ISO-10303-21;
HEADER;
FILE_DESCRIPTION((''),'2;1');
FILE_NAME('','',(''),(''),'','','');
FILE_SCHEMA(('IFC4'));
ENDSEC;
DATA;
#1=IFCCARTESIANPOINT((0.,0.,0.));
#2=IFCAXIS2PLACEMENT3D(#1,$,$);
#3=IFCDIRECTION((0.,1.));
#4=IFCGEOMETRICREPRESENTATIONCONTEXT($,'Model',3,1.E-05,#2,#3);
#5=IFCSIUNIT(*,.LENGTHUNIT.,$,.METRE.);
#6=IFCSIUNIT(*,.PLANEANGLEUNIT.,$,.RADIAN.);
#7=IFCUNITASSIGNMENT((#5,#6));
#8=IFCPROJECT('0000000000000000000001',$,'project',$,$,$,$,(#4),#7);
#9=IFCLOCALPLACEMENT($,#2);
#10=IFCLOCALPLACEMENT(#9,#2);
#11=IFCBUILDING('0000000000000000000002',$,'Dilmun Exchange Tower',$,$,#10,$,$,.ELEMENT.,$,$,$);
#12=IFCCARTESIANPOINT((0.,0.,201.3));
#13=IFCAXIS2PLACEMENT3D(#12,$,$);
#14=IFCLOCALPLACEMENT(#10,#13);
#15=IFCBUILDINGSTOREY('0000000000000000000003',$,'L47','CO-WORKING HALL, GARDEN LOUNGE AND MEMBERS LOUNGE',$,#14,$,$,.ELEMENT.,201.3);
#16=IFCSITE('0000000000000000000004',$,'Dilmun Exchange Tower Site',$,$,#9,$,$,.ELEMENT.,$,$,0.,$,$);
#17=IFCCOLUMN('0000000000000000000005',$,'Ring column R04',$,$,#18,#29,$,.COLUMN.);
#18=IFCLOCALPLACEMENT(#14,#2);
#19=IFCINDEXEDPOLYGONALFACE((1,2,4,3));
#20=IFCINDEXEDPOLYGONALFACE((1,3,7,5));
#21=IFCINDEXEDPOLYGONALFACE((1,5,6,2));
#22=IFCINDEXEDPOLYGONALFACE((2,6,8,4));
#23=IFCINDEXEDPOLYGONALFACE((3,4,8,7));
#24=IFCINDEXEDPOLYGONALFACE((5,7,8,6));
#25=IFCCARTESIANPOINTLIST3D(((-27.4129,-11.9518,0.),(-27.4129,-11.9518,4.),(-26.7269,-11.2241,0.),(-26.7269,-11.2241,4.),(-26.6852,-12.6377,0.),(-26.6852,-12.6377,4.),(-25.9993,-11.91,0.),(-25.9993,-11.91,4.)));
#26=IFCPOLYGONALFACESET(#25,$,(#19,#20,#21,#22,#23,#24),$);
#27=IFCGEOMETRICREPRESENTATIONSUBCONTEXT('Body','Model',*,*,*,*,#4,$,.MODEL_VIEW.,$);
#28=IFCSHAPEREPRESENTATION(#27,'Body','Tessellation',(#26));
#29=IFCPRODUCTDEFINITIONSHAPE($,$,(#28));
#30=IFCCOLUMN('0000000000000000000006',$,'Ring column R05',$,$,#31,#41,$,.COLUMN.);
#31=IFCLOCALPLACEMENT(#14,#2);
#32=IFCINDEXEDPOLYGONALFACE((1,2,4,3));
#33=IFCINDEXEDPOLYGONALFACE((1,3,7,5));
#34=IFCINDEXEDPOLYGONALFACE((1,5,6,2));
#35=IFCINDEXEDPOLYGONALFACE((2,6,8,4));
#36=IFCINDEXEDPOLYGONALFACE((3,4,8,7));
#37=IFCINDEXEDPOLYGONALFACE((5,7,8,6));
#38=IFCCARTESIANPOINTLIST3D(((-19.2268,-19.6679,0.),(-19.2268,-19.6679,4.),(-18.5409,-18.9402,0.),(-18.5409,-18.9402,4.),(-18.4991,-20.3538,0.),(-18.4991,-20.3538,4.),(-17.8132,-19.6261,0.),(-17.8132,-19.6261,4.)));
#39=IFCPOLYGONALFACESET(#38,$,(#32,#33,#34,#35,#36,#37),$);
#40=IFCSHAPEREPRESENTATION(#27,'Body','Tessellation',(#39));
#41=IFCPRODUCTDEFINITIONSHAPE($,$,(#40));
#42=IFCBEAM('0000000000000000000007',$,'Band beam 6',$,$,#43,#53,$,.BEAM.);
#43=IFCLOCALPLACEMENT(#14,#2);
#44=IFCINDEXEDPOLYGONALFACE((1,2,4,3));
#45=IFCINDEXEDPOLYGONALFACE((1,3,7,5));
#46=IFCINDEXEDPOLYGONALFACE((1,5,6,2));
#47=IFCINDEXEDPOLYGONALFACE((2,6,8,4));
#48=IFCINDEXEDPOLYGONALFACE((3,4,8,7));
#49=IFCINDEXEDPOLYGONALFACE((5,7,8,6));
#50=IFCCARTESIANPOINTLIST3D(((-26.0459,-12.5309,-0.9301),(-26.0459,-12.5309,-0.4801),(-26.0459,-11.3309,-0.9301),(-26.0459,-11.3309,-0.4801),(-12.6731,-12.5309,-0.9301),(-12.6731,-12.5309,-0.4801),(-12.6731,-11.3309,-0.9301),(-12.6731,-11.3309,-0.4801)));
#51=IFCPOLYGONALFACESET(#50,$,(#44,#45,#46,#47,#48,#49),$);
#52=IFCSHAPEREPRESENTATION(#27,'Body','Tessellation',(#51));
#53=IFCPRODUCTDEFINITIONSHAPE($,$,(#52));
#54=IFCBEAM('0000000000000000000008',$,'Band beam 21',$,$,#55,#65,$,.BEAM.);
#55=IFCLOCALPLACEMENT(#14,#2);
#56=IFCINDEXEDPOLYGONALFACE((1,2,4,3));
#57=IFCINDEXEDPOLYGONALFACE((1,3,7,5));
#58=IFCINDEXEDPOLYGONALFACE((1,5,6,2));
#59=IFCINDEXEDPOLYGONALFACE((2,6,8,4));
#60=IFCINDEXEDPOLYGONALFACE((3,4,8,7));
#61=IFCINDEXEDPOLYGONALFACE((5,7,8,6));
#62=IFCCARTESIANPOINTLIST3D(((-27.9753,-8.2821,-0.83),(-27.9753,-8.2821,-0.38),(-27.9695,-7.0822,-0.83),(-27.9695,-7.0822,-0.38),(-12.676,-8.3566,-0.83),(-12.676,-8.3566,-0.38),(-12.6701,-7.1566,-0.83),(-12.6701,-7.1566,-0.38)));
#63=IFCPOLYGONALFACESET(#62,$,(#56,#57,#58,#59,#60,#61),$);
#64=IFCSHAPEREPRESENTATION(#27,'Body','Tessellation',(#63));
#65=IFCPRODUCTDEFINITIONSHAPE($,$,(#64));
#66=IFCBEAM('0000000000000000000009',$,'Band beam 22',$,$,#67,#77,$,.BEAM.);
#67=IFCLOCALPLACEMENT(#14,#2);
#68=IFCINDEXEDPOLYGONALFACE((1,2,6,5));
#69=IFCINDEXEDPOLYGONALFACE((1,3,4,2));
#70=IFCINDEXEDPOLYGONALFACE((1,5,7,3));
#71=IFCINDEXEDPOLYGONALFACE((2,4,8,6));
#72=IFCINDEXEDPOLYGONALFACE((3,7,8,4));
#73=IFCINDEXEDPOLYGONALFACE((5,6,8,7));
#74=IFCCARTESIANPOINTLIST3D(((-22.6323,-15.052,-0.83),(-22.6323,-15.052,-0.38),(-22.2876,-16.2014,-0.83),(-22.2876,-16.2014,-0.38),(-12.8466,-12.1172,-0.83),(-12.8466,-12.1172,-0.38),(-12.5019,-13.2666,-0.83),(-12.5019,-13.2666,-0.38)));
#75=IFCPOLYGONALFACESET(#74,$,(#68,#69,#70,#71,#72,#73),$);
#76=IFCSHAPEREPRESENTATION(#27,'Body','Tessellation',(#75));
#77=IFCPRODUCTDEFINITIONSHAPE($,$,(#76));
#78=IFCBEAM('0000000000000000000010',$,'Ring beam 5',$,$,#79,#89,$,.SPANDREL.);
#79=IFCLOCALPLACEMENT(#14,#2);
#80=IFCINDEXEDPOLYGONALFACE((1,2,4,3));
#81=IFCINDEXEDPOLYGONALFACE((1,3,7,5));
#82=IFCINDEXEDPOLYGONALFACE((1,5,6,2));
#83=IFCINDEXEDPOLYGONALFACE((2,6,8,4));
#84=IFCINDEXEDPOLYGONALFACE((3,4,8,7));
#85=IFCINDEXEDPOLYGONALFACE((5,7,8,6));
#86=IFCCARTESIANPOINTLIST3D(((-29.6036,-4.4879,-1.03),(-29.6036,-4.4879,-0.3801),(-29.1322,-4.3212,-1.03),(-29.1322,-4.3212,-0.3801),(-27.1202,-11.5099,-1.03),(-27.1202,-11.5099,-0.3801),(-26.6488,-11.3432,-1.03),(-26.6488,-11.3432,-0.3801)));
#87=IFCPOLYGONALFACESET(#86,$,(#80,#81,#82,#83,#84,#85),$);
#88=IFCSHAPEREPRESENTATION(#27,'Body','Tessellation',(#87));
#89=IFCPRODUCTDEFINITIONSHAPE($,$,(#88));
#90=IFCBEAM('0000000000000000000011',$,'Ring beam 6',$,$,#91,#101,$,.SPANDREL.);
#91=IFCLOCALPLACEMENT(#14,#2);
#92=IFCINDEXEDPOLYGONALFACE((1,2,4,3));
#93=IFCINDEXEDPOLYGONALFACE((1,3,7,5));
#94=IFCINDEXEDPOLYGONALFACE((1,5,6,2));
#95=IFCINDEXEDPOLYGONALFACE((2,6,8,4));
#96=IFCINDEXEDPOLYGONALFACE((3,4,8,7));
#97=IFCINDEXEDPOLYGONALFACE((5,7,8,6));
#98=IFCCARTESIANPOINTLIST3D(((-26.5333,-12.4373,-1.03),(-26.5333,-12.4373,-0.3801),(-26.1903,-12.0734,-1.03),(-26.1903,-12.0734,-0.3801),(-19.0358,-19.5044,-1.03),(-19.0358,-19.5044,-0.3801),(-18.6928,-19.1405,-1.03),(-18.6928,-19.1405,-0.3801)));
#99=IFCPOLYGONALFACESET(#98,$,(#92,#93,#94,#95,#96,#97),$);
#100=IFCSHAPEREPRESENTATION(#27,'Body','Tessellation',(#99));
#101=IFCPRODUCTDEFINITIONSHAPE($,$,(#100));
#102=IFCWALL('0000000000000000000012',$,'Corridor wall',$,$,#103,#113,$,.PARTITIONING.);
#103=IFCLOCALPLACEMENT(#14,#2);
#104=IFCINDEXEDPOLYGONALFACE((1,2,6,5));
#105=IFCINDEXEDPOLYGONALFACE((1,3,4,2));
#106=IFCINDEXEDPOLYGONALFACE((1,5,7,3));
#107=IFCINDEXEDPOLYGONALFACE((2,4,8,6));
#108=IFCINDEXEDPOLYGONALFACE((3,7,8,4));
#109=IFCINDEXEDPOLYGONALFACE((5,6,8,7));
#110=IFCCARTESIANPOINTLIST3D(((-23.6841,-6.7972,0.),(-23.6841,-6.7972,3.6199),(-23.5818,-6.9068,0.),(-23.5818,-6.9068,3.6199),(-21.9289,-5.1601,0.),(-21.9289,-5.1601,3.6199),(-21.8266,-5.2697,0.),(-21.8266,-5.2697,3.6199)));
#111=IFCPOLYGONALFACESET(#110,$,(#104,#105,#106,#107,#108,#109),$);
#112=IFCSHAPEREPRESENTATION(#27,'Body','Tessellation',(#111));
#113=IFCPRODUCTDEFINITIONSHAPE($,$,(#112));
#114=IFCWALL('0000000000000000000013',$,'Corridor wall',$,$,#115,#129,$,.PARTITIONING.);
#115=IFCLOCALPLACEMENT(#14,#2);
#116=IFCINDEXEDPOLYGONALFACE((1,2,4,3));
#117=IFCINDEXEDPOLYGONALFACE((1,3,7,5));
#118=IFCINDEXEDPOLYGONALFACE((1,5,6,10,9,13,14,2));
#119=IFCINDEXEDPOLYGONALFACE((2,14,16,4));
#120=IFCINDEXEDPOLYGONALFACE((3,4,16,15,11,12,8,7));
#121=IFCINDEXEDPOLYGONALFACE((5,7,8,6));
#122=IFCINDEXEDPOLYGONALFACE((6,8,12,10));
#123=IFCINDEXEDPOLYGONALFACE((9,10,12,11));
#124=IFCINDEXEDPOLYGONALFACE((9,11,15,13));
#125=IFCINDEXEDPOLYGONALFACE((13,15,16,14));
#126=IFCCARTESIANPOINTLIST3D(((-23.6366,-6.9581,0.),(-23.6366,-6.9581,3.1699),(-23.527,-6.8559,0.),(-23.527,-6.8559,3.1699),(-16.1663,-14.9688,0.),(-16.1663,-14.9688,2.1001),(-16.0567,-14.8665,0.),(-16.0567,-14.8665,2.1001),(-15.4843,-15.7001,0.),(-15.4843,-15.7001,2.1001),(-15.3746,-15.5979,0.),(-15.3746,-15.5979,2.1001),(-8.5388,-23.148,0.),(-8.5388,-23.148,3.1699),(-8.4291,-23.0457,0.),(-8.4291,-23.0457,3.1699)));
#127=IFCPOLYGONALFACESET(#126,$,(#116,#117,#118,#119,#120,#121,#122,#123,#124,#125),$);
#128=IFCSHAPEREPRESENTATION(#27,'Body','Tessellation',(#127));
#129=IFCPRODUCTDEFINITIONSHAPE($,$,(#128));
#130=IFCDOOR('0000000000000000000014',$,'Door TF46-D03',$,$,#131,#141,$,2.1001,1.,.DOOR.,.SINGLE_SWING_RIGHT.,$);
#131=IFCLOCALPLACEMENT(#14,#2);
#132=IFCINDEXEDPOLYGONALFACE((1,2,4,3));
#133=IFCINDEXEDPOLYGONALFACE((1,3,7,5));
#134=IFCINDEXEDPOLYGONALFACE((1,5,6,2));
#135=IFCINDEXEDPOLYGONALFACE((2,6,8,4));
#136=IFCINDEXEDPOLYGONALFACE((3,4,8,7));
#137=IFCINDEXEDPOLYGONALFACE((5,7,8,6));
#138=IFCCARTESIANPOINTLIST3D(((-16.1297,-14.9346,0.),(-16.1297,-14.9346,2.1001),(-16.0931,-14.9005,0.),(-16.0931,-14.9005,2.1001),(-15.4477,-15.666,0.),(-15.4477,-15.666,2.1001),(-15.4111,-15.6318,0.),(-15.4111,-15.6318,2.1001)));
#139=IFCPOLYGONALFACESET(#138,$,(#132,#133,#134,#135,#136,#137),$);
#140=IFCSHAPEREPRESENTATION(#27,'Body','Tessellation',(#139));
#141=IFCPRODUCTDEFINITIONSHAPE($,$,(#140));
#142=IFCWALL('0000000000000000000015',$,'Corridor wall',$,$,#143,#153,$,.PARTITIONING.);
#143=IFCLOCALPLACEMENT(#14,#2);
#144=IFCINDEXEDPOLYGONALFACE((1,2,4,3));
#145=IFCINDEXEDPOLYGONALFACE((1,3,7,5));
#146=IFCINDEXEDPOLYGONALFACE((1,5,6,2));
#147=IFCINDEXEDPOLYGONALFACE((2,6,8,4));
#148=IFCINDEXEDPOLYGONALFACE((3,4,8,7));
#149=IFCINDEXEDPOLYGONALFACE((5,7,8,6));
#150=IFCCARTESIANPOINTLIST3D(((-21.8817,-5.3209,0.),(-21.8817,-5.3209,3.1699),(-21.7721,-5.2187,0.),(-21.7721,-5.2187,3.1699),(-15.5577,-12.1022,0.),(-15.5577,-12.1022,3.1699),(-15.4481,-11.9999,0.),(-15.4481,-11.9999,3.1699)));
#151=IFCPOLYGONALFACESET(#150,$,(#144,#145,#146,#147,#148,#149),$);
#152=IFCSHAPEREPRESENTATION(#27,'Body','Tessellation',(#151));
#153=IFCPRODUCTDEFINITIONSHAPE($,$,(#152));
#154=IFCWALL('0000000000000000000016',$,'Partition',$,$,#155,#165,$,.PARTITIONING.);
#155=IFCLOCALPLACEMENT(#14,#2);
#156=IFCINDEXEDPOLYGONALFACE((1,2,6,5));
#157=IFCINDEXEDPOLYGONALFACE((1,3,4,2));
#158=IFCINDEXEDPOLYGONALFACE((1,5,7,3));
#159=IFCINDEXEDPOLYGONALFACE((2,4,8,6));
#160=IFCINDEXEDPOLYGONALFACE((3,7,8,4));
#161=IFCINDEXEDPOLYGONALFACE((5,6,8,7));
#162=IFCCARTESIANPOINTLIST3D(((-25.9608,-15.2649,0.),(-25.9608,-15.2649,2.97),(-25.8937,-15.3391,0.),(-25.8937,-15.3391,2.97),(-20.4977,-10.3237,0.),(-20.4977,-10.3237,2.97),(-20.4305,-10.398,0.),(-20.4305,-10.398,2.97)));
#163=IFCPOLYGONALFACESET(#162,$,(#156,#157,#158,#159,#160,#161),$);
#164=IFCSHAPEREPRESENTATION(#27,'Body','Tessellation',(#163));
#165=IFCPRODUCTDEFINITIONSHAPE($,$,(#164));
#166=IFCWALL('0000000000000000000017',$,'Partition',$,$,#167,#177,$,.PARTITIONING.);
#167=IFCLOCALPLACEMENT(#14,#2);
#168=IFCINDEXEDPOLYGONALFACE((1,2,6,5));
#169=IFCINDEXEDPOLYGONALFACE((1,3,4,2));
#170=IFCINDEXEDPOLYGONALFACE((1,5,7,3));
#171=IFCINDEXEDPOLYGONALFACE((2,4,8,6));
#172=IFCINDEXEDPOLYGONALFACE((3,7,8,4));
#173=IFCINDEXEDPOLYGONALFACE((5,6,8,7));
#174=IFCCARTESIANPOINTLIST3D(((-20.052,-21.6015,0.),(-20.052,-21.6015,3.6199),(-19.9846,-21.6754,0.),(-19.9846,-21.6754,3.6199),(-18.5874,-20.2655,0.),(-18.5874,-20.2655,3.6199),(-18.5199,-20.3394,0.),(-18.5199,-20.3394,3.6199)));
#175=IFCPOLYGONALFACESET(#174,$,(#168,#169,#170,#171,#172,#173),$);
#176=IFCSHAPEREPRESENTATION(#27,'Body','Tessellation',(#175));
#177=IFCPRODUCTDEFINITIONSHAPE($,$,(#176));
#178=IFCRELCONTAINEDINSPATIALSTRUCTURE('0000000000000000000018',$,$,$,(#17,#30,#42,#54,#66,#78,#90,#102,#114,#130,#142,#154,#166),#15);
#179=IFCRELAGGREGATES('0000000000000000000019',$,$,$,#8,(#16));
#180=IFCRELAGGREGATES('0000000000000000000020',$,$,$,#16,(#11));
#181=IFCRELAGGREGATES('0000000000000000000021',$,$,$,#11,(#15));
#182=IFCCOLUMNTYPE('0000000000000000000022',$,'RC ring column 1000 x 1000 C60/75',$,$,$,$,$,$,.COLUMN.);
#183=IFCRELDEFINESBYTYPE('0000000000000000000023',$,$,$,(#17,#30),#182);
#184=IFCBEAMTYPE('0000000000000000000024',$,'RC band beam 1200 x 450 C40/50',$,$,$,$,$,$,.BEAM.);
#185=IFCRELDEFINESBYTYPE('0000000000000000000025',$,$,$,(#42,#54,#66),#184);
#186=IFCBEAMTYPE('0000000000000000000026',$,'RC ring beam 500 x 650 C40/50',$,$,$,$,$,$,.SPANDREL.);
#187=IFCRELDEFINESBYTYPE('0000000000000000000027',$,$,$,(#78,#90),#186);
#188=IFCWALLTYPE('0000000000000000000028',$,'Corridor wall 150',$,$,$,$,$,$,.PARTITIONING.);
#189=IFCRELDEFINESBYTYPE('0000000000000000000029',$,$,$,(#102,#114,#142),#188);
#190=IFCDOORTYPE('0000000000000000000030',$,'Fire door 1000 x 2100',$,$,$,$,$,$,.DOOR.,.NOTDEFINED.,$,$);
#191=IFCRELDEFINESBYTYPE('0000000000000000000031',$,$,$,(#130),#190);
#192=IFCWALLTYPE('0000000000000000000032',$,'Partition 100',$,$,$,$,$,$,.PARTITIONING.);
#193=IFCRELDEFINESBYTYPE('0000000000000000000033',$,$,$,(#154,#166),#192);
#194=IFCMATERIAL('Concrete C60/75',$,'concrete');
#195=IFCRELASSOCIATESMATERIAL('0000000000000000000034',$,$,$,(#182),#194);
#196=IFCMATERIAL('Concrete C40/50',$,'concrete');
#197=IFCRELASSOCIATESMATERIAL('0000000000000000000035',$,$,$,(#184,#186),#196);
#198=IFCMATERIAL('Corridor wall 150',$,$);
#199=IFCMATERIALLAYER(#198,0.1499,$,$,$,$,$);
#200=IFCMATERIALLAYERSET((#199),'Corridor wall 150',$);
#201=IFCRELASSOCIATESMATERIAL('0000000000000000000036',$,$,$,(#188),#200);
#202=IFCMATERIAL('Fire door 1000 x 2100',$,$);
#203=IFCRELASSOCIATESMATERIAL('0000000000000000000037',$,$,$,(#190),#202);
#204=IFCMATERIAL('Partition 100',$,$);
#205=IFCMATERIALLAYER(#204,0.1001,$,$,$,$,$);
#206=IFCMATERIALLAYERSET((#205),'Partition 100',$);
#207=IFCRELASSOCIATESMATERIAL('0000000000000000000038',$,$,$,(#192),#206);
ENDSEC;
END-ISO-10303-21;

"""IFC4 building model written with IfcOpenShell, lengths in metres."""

from ifc_helpers import new_model, si_unit, direction, frame, frame_2d, origin, origin_2d, place, context, subcontext, project, spatial, rectangle, extrude, material, layer, layer_set, material_profile, profile_set, type_object, element, fill, save


model = new_model("IFC4")

# Units and contexts
model_context = context("Model", 3, precision=1e-05, world=origin(), true_north=direction((0.0, 1.0)))
body_context = subcontext(model_context, "Body", "Model", "MODEL_VIEW")
ifc_project = project(units=[si_unit("LENGTHUNIT", "METRE"), si_unit("PLANEANGLEUNIT", "RADIAN")], contexts=[model_context])

# Site, building, storey
site_placement = place(None, origin())
site = spatial("IfcSite", under=ifc_project, at=site_placement, Name="Dilmun Exchange Tower Site", CompositionType="ELEMENT", RefElevation=0.0)
building_placement = place(site_placement, origin())
building = spatial("IfcBuilding", under=site, at=building_placement, Name="Dilmun Exchange Tower", CompositionType="ELEMENT")
storey_placement = place(building_placement, frame((0.0, 0.0, 201.3)))
storey = spatial("IfcBuildingStorey", under=building, at=storey_placement, Name="L47", Description="CO-WORKING HALL, GARDEN LOUNGE AND MEMBERS LOUNGE", CompositionType="ELEMENT", Elevation=201.3)

# Columns
ifc_material_1 = material(Name="Concrete C60/75", Category="concrete")
ifc_material_profile_1 = material_profile(ifc_material_1, rectangle(XDim=1.0, YDim=1.0, at=origin_2d()), Name="1000 x 1000")
ifc_profile_set_1 = profile_set([ifc_material_profile_1], Name="Concrete C60/75")
column_type = type_object("IfcColumnType", Name="RC ring column 1000 x 1000 C60/75", PredefinedType="COLUMN", material=ifc_profile_set_1)
for number, where, z_axis, x_axis, name in (
    (1, (-26.7061, -11.9309, 0.0), (0.0, 0.0, 1.0), (0.685916, 0.727681, 0.0), "Ring column R04"),
    (2, (-18.52, -19.647, 0.0), (0.0, 0.0, 1.0), (0.685916, 0.727681, 0.0), "Ring column R05"),
):
    element("IfcColumn", number, at=place(storey_placement, frame(where, z_axis=z_axis, x_axis=x_axis)), inside=storey, type_object=column_type, Name=name, PredefinedType="COLUMN", context=body_context, shape_type="SweptSolid", body=[
        extrude(rectangle(XDim=1.0, YDim=1.0, at=origin_2d()), origin(), (0.0, 0.0, 1.0), 4.0),
    ])

# Beams
ifc_material_2 = material(Name="Concrete C40/50", Category="concrete")
ifc_material_profile_2 = material_profile(ifc_material_2, rectangle(XDim=1.2, YDim=0.45, at=origin_2d()), Name="1200 x 450")
ifc_profile_set_2 = profile_set([ifc_material_profile_2], Name="Concrete C40/50")
beam_type_1 = type_object("IfcBeamType", Name="RC band beam 1200 x 450 C40/50", PredefinedType="BEAM", material=ifc_profile_set_2)
beam_1_placement = place(storey_placement, frame((-26.0459, -11.9309, -0.7051), z_axis=(1.0, 0.0, 0.0), x_axis=(0.0, 1.0, 0.0)))
element("IfcBeam", 3, at=beam_1_placement, inside=storey, type_object=beam_type_1, Name="Band beam 6", PredefinedType="BEAM", context=body_context, shape_type="SweptSolid", body=[
    extrude(rectangle(XDim=1.2, YDim=0.45, at=origin_2d()), origin(), (0.0, 0.0, 1.0), 13.3728),
])
beam_2_placement = place(storey_placement, frame((-27.9724, -7.6821, -0.605), z_axis=(0.999988, -0.004867, 0.0), x_axis=(0.004867, 0.999988, 0.0)))
element("IfcBeam", 4, at=beam_2_placement, inside=storey, type_object=beam_type_1, Name="Band beam 21", PredefinedType="BEAM", context=body_context, shape_type="SweptSolid", body=[
    extrude(rectangle(XDim=1.2, YDim=0.45, at=origin_2d()), origin(), (0.0, 0.0, 1.0), 15.2996),
])
beam_3_placement = place(storey_placement, frame((-22.46, -15.6267, -0.605), z_axis=(0.95785, 0.287269, 0.0), x_axis=(-0.287269, 0.95785, 0.0)))
element("IfcBeam", 5, at=beam_3_placement, inside=storey, type_object=beam_type_1, Name="Band beam 22", PredefinedType="BEAM", context=body_context, shape_type="SweptSolid", body=[
    extrude(rectangle(XDim=1.2, YDim=0.45, at=origin_2d()), origin(), (0.0, 0.0, 1.0), 10.2163),
])
ifc_material_profile_3 = material_profile(ifc_material_2, rectangle(XDim=0.5, YDim=0.6499, at=origin_2d()), Name="500 x 650")
ifc_profile_set_3 = profile_set([ifc_material_profile_3], Name="Concrete C40/50")
beam_type_2 = type_object("IfcBeamType", Name="RC ring beam 500 x 650 C40/50", PredefinedType="SPANDREL", material=ifc_profile_set_3)
beam_4_placement = place(storey_placement, frame((-29.3679, -4.4045, -0.7051), z_axis=(0.333424, -0.942777, 0.0), x_axis=(0.942777, 0.333424, 0.0)))
element("IfcBeam", 6, at=beam_4_placement, inside=storey, type_object=beam_type_2, Name="Ring beam 5", PredefinedType="SPANDREL", context=body_context, shape_type="SweptSolid", body=[
    extrude(rectangle(XDim=0.5, YDim=0.6499, at=origin_2d()), origin(), (0.0, 0.0, 1.0), 7.4482),
])
beam_5_placement = place(storey_placement, frame((-26.3618, -12.2554, -0.7051), z_axis=(0.727686, -0.685911, 0.0), x_axis=(0.685911, 0.727686, 0.0)))
element("IfcBeam", 7, at=beam_5_placement, inside=storey, type_object=beam_type_2, Name="Ring beam 6", PredefinedType="SPANDREL", context=body_context, shape_type="SweptSolid", body=[
    extrude(rectangle(XDim=0.5, YDim=0.6499, at=origin_2d()), origin(), (0.0, 0.0, 1.0), 10.3032),
])

# Wall
ifc_material_3 = material(Name="Corridor wall 150")
ifc_layer_1 = layer(ifc_material_3, 0.1499)
ifc_layer_set_1 = layer_set([ifc_layer_1], Name="Corridor wall 150")
wall_type_1 = type_object("IfcWallType", Name="Corridor wall 150", PredefinedType="PARTITIONING", material=ifc_layer_set_1)
wall_1_placement = place(storey_placement, frame((-23.6331, -6.8521, 0.0), z_axis=(0.0, 0.0, 1.0), x_axis=(0.731295, 0.682061, 0.0)))
element("IfcWall", 8, at=wall_1_placement, inside=storey, type_object=wall_type_1, Name="Corridor wall", PredefinedType="PARTITIONING", context=body_context, shape_type="SweptSolid", body=[
    extrude(rectangle(XDim=2.4001, YDim=0.1499, at=frame_2d((1.2002, 0.0))), origin(), (0.0, 0.0, 1.0), 3.6199),
])

# Wall, opening, door
wall_2_placement = place(storey_placement, frame((-23.5818, -6.907, 0.0), z_axis=(0.0, 0.0, 1.0), x_axis=(0.682011, -0.731342, 0.0)))
wall_2 = element("IfcWall", 9, at=wall_2_placement, inside=storey, type_object=wall_type_1, Name="Corridor wall", PredefinedType="PARTITIONING", context=body_context, shape_type="SweptSolid", body=[
    extrude(rectangle(XDim=22.1372, YDim=0.1499, at=frame_2d((11.0686, 0.0))), origin(), (0.0, 0.0, 1.0), 3.1699),
])
opening_1_placement = place(wall_2_placement, frame((10.9534, 0.0, 0.0)))
opening_1 = element("IfcOpeningElement", 10, at=opening_1_placement, cuts=wall_2, PredefinedType="OPENING", context=body_context, shape_type="SweptSolid", body=[
    extrude(rectangle(XDim=1.0, YDim=2.1001, at=frame_2d((0.5, 1.05))), frame((0.0, 0.085, 0.0), z_axis=(0.0, -1.0, 0.0), x_axis=(1.0, 0.0, 0.0)), (0.0, 0.0, 1.0), 0.1699),
])
ifc_material_4 = material(Name="Fire door 1000 x 2100")
door_type = type_object("IfcDoorType", Name="Fire door 1000 x 2100", OperationType="NOTDEFINED", PredefinedType="DOOR", material=ifc_material_4)
door_placement = place(opening_1_placement, frame((1.0, 0.0, 0.0), z_axis=(0.0, 0.0, 1.0), x_axis=(-1.0, 0.0, 0.0)))
door = element("IfcDoor", 11, at=door_placement, inside=storey, type_object=door_type, Name="Door TF46-D03", OperationType="SINGLE_SWING_RIGHT", OverallHeight=2.1001, OverallWidth=1.0, PredefinedType="DOOR", context=body_context, shape_type="SweptSolid", body=[
    extrude(rectangle(XDim=1.0, YDim=2.1001, at=frame_2d((0.5, 1.05))), frame((0.0, 0.0249, 0.0), z_axis=(0.0, -1.0, 0.0), x_axis=(1.0, 0.0, 0.0)), (0.0, 0.0, 1.0), 0.05),
])
fill(opening_1, door)

# Walls
wall_3_placement = place(storey_placement, frame((-21.8269, -5.2698, 0.0), z_axis=(0.0, 0.0, 1.0), x_axis=(0.682019, -0.731335, 0.0)))
element("IfcWall", 12, at=wall_3_placement, inside=storey, type_object=wall_type_1, Name="Corridor wall", PredefinedType="PARTITIONING", context=body_context, shape_type="SweptSolid", body=[
    extrude(rectangle(XDim=9.2725, YDim=0.1499, at=frame_2d((4.6362, 0.0))), origin(), (0.0, 0.0, 1.0), 3.1699),
])
ifc_material_5 = material(Name="Partition 100")
ifc_layer_2 = layer(ifc_material_5, 0.1001)
ifc_layer_set_2 = layer_set([ifc_layer_2], Name="Partition 100")
wall_type_2 = type_object("IfcWallType", Name="Partition 100", PredefinedType="PARTITIONING", material=ifc_layer_set_2)
wall_4_placement = place(storey_placement, frame((-25.9272, -15.302, 0.0), z_axis=(0.0, 0.0, 1.0), x_axis=(0.741649, 0.670788, 0.0)))
element("IfcWall", 13, at=wall_4_placement, inside=storey, type_object=wall_type_2, Name="Partition", PredefinedType="PARTITIONING", context=body_context, shape_type="SweptSolid", body=[
    extrude(rectangle(XDim=7.3662, YDim=0.1001, at=frame_2d((3.6831, 0.0))), origin(), (0.0, 0.0, 1.0), 2.97),
])
wall_5_placement = place(storey_placement, frame((-20.0183, -21.6384, 0.0), z_axis=(0.0, 0.0, 1.0), x_axis=(0.738813, 0.67391, 0.0)))
element("IfcWall", 14, at=wall_5_placement, inside=storey, type_object=wall_type_2, Name="Partition", PredefinedType="PARTITIONING", context=body_context, shape_type="SweptSolid", body=[
    extrude(rectangle(XDim=1.9824, YDim=0.1001, at=frame_2d((0.9912, 0.0))), origin(), (0.0, 0.0, 1.0), 3.6199),
])

save(model, "model.ifc")
